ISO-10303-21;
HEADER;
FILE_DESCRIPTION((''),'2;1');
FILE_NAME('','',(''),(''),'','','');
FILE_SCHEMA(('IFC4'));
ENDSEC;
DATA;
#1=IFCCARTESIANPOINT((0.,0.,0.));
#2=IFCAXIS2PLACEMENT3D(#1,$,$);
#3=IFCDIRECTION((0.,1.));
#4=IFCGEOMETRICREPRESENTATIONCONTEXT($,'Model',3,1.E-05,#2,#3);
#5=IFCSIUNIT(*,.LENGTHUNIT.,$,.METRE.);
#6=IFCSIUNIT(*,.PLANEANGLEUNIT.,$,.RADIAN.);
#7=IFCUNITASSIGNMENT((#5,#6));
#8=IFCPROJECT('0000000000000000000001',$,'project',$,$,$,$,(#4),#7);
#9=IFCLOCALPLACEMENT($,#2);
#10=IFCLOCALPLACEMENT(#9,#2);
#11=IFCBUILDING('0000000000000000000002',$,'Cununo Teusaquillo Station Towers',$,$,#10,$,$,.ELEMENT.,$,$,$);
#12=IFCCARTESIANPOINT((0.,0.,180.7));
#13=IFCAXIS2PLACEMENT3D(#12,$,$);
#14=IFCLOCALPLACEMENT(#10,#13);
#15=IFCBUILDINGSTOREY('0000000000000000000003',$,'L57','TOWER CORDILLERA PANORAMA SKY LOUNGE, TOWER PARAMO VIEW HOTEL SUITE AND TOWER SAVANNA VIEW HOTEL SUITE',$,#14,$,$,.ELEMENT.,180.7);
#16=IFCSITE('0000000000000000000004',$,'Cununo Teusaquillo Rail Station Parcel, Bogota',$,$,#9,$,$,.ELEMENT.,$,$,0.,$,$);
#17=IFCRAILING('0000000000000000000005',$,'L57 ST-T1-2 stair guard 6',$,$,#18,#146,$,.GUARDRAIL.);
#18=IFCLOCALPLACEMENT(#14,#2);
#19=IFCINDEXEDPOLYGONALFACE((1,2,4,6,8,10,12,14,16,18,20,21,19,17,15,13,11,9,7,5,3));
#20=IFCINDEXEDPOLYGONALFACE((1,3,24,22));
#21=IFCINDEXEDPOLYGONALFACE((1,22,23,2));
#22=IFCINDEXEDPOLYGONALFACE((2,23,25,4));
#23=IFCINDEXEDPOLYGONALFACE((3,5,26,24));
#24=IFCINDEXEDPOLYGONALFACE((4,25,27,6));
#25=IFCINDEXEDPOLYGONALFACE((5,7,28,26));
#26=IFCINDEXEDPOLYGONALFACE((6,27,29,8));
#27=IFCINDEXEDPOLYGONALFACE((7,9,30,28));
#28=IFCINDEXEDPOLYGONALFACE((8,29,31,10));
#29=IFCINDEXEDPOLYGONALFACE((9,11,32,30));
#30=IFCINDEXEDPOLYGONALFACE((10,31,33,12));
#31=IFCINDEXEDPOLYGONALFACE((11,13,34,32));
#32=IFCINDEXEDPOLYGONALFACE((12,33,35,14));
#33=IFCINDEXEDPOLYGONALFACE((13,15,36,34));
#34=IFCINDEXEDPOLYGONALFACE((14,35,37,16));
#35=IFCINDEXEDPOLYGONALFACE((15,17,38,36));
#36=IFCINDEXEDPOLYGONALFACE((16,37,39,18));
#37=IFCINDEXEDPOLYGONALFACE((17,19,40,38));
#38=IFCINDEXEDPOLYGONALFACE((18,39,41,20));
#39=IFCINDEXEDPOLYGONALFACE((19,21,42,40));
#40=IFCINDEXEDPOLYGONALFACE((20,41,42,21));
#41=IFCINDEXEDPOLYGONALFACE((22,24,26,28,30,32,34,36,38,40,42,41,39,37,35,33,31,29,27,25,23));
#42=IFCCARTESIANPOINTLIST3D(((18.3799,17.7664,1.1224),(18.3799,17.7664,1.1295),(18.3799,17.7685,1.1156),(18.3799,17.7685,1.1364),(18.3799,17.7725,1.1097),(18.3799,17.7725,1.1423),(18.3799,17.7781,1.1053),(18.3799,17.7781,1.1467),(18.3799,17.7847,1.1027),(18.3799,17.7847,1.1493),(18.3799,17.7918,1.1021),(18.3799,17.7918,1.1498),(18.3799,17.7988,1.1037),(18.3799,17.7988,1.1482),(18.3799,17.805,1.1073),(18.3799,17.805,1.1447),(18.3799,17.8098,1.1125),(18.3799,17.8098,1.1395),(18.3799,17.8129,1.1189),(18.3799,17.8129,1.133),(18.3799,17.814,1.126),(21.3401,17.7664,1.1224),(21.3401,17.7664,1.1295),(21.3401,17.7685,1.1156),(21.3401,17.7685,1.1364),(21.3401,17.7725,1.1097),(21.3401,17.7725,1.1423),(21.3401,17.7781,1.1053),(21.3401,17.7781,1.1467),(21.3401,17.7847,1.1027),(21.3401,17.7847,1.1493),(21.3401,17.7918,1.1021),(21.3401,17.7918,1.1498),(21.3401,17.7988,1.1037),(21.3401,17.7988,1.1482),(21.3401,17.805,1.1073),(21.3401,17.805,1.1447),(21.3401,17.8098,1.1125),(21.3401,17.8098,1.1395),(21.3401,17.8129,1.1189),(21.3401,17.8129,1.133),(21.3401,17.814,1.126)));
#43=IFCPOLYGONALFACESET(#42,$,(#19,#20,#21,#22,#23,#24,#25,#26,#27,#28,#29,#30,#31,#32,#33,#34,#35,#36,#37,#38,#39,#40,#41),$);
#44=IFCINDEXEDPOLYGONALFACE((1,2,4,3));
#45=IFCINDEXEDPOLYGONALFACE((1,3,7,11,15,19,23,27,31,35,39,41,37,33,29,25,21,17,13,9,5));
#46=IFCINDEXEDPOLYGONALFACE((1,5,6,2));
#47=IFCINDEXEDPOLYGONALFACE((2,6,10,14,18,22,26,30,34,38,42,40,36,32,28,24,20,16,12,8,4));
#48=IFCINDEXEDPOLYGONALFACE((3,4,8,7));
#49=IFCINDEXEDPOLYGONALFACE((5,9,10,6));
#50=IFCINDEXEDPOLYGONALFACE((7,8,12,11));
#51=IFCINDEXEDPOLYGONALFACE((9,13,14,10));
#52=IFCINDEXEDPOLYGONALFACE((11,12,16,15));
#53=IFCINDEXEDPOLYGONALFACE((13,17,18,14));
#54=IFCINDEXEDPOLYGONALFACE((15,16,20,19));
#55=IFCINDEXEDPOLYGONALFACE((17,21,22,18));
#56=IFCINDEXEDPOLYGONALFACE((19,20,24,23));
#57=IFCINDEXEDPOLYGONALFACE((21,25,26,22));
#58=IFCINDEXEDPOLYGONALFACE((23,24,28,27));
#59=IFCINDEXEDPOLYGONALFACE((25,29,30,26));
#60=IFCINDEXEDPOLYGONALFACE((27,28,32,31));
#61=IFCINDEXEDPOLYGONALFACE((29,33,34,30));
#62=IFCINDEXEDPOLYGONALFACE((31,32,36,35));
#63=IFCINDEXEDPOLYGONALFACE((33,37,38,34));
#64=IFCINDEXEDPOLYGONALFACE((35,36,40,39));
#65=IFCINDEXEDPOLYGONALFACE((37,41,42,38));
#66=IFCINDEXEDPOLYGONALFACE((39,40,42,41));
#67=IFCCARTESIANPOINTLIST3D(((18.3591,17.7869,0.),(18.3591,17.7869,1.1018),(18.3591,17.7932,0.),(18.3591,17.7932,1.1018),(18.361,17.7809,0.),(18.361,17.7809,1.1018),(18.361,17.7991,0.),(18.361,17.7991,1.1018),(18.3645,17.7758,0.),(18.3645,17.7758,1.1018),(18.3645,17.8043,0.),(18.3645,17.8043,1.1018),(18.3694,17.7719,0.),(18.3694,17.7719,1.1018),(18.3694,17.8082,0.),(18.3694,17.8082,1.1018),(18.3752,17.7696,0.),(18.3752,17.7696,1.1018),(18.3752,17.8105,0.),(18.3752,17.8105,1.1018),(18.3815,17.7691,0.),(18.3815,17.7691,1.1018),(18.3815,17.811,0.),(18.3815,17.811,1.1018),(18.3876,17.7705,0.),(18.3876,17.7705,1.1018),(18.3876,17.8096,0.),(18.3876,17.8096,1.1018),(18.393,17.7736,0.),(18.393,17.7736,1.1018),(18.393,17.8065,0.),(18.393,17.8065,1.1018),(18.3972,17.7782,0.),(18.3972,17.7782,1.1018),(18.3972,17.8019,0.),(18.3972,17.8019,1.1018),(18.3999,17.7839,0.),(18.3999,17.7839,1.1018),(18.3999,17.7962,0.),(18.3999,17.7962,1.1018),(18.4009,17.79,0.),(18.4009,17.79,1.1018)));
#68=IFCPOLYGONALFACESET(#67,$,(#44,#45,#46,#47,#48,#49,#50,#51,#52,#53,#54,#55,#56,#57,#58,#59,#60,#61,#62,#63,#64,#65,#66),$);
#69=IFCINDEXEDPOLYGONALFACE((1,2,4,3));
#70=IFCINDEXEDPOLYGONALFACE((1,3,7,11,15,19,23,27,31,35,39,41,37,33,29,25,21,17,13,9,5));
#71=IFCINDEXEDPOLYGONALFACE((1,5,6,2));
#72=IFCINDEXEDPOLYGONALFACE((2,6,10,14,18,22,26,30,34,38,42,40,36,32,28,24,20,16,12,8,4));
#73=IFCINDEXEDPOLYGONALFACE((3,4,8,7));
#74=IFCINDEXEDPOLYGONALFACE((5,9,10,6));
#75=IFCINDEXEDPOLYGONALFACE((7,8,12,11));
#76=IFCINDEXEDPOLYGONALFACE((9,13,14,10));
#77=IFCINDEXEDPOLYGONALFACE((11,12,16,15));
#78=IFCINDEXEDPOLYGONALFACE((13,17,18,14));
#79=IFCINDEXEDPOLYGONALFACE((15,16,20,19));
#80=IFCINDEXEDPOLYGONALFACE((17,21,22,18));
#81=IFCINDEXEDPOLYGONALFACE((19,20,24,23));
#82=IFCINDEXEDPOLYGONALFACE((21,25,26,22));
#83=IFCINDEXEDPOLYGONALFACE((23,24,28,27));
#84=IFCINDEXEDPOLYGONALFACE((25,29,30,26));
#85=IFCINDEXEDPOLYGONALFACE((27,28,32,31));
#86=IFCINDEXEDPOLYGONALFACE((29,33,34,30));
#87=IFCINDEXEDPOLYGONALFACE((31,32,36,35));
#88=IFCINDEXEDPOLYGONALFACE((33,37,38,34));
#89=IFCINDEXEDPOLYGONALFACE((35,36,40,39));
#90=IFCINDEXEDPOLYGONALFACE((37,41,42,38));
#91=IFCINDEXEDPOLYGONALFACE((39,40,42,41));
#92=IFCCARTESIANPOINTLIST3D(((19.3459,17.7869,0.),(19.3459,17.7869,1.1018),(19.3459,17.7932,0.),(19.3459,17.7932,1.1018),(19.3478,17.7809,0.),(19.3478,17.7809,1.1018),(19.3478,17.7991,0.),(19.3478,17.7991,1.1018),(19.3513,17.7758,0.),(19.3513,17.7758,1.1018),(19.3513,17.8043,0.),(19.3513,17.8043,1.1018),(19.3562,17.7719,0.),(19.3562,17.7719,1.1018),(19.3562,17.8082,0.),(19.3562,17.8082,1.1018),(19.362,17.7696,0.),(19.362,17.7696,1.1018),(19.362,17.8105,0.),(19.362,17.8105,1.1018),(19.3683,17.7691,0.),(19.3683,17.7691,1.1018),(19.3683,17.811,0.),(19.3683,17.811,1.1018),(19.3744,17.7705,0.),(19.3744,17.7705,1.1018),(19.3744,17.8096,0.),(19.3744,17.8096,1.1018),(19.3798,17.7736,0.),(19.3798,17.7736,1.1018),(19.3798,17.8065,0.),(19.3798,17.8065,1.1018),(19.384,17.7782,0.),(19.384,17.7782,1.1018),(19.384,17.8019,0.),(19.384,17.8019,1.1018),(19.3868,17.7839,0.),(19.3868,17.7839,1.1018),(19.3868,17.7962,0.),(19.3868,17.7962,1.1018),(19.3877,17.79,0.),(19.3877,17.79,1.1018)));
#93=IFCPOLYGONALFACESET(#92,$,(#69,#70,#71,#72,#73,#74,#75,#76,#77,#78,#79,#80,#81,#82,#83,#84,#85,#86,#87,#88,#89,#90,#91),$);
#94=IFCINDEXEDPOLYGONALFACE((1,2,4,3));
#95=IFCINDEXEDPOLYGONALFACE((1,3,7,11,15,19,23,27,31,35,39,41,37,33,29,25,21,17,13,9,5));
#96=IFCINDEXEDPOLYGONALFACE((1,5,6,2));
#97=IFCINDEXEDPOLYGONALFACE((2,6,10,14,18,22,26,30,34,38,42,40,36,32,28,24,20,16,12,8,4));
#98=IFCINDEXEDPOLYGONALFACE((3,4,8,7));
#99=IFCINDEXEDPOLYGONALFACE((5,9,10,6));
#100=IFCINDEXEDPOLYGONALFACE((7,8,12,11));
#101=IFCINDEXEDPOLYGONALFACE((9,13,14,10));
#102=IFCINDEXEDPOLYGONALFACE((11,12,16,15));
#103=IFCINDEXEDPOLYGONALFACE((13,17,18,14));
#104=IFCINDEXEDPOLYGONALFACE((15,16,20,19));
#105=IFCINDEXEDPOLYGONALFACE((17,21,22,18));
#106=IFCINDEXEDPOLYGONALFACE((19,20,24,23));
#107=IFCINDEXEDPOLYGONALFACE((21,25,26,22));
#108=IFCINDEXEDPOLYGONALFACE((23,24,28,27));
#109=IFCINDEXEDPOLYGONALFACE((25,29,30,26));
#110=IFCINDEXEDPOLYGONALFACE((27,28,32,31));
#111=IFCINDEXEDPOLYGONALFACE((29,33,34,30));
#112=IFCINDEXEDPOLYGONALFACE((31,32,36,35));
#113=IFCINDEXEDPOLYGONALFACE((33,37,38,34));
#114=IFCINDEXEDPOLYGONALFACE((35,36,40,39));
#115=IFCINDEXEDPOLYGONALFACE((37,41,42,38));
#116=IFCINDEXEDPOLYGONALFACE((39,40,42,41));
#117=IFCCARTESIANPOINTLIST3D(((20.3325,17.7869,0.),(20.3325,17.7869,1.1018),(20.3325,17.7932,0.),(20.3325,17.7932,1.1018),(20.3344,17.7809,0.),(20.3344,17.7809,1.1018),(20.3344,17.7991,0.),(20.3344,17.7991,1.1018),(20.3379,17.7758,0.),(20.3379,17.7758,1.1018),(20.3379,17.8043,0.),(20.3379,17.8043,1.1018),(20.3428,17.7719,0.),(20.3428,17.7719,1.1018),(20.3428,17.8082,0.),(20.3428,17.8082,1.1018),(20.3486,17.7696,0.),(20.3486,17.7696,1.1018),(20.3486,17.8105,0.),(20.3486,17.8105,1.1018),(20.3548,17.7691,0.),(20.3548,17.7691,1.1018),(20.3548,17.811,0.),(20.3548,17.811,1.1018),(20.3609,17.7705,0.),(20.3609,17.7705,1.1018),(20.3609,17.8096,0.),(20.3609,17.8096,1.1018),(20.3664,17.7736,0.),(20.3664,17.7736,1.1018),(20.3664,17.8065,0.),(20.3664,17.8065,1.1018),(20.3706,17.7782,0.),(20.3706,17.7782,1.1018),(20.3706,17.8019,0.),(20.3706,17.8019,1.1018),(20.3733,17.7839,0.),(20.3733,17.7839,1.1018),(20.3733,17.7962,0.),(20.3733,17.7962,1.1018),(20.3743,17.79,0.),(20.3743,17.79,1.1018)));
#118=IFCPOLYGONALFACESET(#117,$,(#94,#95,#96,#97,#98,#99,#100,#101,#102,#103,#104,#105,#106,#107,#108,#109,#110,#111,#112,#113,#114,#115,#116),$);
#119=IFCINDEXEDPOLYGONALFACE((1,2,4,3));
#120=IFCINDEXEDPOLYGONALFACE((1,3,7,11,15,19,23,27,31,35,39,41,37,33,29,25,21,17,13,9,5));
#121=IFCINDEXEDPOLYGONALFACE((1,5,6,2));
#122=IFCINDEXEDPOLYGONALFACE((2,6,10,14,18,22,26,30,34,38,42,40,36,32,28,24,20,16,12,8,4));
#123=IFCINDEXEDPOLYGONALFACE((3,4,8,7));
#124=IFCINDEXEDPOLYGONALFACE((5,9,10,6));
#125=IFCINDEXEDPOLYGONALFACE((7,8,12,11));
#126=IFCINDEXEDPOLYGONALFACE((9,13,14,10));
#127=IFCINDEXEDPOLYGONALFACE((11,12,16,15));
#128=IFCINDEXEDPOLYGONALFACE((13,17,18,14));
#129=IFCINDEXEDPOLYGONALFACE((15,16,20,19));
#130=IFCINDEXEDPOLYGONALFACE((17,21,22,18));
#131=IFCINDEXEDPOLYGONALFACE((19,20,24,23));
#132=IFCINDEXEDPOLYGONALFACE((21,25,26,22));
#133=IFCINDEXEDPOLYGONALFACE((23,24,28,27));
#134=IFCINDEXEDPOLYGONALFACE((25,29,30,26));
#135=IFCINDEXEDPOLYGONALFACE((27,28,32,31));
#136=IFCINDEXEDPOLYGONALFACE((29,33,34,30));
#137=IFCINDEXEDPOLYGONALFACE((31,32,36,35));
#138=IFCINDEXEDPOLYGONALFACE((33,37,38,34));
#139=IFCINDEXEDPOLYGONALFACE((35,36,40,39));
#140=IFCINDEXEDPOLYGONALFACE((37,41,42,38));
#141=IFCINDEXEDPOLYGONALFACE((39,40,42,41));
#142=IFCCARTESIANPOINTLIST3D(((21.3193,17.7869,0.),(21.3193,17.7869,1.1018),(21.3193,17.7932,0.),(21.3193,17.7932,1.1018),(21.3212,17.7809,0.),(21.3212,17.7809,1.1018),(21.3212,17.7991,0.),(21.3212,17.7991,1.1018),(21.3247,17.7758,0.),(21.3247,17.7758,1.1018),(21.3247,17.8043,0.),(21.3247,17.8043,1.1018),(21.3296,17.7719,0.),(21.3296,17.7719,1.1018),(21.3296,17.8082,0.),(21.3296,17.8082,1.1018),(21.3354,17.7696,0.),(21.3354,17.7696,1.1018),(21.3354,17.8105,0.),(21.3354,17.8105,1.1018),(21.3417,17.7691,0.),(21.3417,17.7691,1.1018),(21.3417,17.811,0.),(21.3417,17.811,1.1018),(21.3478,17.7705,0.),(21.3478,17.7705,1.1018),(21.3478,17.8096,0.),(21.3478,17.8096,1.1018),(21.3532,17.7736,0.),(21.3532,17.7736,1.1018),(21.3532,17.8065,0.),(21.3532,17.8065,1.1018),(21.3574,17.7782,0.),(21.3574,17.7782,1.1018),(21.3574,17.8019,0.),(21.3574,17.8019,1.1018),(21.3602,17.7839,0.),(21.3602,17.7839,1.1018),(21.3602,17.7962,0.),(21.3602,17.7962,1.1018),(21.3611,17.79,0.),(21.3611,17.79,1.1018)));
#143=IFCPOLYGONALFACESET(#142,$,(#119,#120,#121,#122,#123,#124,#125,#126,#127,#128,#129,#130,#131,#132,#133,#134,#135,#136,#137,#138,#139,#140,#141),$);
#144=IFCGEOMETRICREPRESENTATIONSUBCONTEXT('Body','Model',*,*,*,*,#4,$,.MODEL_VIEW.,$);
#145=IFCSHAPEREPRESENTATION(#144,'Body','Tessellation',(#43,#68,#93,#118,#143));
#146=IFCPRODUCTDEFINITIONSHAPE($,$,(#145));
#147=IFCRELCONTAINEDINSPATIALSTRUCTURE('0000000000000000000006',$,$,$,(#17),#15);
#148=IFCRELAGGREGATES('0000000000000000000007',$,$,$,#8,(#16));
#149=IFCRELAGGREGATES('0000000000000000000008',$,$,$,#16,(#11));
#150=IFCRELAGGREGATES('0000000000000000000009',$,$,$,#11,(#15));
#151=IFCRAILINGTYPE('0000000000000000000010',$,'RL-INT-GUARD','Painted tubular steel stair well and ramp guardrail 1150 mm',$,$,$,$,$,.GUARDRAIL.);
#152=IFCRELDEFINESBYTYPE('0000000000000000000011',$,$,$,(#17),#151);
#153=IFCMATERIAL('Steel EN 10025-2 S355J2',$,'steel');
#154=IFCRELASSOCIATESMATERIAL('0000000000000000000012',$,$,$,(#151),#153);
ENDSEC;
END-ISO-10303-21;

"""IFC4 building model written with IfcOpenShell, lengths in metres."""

from ifc_helpers import new_model, si_unit, direction, frame, origin, origin_2d, place, context, subcontext, project, spatial, circle, extrude, material, type_object, element, save


model = new_model("IFC4")

# Units and contexts
model_context = context("Model", 3, precision=1e-05, world=origin(), true_north=direction((0.0, 1.0)))
body_context = subcontext(model_context, "Body", "Model", "MODEL_VIEW")
ifc_project = project(units=[si_unit("LENGTHUNIT", "METRE"), si_unit("PLANEANGLEUNIT", "RADIAN")], contexts=[model_context])

# Site, building, storey
site_placement = place(None, origin())
site = spatial("IfcSite", under=ifc_project, at=site_placement, Name="Cununo Teusaquillo Rail Station Parcel, Bogota", CompositionType="ELEMENT", RefElevation=0.0)
building_placement = place(site_placement, origin())
building = spatial("IfcBuilding", under=site, at=building_placement, Name="Cununo Teusaquillo Station Towers", CompositionType="ELEMENT")
storey_placement = place(building_placement, frame((0.0, 0.0, 180.7)))
storey = spatial("IfcBuildingStorey", under=building, at=storey_placement, Name="L57", Description="TOWER CORDILLERA PANORAMA SKY LOUNGE, TOWER PARAMO VIEW HOTEL SUITE AND TOWER SAVANNA VIEW HOTEL SUITE", CompositionType="ELEMENT", Elevation=180.7)

# Railing
ifc_material_1 = material(Name="Steel EN 10025-2 S355J2", Category="steel")
railing_type_1 = type_object("IfcRailingType", Name="RL-INT-GUARD", Description="Painted tubular steel stair well and ramp guardrail 1150 mm", PredefinedType="GUARDRAIL", material=ifc_material_1)
railing_1_placement = place(storey_placement, frame((18.3799, 17.79, 0.0)))
element("IfcRailing", 1, at=railing_1_placement, inside=storey, type_object=railing_type_1, Name="L57 ST-T1-2 stair guard 6", PredefinedType="GUARDRAIL", context=body_context, shape_type="SweptSolid", body=[
    extrude(circle(Radius=0.0239, at=origin_2d()), frame((0.0, 0.0, 1.126), z_axis=(1.0, 0.0, 0.0), x_axis=(0.0, 1.0, 0.0)), (0.0, 0.0, 1.0), 2.9602),
    extrude(circle(Radius=0.021, at=origin_2d()), origin(), (0.0, 0.0, 1.0), 1.1018),
    extrude(circle(Radius=0.021, at=origin_2d()), frame((0.9868, 0.0, 0.0)), (0.0, 0.0, 1.0), 1.1018),
    extrude(circle(Radius=0.021, at=origin_2d()), frame((1.9734, 0.0, 0.0)), (0.0, 0.0, 1.0), 1.1018),
    extrude(circle(Radius=0.021, at=origin_2d()), frame((2.9602, 0.0, 0.0)), (0.0, 0.0, 1.0), 1.1018),
])

save(model, "model.ifc")
